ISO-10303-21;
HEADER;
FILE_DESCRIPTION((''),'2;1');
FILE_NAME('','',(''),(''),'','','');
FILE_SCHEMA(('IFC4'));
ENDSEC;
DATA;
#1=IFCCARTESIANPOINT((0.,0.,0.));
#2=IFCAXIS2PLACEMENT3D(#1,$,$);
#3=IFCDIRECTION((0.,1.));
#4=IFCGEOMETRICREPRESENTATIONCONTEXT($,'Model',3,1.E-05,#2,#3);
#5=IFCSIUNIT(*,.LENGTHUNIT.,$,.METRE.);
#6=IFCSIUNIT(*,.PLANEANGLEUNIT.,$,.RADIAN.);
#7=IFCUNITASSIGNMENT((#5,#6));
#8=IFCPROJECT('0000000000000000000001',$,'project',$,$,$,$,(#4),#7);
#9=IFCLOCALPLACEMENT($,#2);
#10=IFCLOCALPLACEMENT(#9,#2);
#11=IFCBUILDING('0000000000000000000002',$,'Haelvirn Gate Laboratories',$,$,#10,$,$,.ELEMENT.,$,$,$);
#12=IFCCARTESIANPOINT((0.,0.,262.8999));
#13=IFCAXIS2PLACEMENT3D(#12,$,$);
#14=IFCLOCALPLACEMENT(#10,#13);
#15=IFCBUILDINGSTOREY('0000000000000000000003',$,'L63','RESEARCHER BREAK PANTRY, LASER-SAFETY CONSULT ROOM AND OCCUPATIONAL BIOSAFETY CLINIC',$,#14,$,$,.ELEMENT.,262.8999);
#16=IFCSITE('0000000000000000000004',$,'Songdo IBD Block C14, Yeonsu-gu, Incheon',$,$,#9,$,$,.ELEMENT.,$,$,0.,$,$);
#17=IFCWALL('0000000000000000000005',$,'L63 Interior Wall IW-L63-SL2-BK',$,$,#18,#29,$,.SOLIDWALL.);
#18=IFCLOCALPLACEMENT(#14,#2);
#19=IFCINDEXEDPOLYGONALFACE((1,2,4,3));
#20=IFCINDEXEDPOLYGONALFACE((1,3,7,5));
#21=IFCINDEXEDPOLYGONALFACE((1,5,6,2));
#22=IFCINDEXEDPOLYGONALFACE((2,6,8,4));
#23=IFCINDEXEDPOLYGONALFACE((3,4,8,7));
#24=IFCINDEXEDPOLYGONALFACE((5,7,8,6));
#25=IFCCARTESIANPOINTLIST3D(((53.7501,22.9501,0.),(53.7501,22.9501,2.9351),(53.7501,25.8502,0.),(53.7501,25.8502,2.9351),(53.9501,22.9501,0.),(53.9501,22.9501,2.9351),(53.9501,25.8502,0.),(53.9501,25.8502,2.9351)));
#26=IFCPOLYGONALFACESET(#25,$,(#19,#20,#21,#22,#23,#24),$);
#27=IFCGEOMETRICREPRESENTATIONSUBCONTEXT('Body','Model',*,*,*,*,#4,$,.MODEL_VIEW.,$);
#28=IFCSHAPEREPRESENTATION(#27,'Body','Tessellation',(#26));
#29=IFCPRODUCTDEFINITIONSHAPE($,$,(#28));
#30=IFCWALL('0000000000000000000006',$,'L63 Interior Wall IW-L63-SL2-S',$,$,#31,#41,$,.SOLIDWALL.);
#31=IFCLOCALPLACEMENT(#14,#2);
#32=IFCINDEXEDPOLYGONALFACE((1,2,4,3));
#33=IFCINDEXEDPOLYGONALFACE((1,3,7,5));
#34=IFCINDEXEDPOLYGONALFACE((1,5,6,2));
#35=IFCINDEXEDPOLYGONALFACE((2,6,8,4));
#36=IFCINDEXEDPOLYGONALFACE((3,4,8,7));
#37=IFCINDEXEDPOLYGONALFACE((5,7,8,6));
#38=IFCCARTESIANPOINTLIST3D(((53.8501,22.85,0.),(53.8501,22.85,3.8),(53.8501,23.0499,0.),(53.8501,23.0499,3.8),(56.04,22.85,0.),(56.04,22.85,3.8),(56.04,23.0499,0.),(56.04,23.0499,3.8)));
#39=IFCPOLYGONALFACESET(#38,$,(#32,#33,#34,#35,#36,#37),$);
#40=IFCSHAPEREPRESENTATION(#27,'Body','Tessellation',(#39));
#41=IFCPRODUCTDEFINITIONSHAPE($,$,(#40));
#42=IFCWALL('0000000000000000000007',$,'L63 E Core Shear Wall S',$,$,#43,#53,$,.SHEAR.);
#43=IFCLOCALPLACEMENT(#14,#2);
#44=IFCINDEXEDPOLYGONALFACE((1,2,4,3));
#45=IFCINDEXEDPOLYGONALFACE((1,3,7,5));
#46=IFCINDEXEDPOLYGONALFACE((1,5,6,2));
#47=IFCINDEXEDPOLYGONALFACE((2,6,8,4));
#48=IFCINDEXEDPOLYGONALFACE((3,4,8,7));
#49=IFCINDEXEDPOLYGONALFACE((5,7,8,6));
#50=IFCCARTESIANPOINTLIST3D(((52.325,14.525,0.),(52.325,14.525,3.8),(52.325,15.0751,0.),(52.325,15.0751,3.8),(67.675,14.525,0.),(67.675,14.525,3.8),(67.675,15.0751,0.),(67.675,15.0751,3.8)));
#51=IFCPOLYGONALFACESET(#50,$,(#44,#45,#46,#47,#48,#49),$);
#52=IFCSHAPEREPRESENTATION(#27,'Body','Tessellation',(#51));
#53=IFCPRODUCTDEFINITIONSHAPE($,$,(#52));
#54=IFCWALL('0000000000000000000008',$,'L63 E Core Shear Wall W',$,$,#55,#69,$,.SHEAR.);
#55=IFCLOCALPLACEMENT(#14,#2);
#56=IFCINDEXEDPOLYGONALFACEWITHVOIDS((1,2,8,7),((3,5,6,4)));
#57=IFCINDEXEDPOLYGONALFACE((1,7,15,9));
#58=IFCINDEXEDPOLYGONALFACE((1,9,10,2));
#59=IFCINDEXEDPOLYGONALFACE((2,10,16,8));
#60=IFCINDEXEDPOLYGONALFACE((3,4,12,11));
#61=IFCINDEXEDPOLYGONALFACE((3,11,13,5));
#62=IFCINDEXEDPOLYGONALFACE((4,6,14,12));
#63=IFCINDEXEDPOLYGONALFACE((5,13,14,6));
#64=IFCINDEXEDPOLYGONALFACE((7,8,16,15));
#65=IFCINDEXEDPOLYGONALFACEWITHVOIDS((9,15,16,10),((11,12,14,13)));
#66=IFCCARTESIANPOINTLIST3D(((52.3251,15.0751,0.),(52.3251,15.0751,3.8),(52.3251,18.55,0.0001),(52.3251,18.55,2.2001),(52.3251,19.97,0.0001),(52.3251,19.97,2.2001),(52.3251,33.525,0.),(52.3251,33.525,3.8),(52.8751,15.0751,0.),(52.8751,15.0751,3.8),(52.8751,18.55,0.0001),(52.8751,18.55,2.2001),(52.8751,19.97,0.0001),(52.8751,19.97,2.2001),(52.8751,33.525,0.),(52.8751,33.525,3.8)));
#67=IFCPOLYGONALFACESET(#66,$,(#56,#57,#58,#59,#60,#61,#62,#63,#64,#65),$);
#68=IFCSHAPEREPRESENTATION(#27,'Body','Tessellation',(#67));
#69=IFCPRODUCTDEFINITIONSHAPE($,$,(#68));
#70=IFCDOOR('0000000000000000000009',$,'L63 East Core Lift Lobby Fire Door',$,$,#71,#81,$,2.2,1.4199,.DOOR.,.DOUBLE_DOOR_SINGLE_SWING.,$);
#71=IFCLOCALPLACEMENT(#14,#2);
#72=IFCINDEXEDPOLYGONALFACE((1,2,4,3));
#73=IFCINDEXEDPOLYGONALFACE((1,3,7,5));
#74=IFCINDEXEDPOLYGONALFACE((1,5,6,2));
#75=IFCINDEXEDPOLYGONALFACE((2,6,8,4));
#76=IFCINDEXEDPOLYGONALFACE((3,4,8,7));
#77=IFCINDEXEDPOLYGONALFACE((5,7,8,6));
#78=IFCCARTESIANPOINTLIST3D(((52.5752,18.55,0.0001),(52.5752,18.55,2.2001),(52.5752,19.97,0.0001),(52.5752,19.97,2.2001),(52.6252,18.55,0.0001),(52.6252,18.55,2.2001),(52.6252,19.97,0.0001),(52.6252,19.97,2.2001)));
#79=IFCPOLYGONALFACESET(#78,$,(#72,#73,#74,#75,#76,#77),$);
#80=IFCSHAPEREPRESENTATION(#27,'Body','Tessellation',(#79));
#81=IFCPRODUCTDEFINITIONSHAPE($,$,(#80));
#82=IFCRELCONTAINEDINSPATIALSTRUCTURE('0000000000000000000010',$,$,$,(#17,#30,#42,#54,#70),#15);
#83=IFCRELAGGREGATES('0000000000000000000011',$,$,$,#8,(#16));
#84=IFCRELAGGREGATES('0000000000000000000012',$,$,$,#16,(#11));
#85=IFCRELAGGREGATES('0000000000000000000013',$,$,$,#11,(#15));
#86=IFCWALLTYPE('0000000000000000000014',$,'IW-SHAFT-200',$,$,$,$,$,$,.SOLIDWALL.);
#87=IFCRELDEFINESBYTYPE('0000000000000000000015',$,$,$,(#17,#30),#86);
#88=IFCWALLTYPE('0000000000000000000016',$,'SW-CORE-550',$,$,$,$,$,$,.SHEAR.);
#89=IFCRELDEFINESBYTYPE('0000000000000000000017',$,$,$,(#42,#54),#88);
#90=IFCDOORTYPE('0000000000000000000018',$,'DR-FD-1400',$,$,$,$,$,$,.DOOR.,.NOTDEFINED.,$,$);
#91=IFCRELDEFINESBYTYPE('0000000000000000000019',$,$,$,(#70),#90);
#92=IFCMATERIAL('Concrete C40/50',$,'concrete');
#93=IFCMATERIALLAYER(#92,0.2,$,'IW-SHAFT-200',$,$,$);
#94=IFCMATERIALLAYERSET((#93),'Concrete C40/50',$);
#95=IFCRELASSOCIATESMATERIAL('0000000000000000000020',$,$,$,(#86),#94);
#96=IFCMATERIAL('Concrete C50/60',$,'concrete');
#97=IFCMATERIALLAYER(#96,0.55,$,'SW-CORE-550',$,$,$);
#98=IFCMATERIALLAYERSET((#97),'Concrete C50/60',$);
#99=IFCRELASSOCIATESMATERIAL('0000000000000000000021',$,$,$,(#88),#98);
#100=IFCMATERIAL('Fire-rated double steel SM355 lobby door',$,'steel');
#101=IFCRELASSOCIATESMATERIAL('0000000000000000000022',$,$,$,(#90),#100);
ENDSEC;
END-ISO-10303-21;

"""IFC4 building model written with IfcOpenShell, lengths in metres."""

from ifc_helpers import new_model, si_unit, direction, frame, frame_2d, origin, place, context, subcontext, project, spatial, rectangle, extrude, source, transform, mapped, material, layer, layer_set, type_object, type_shapes, element, fill, save


model = new_model("IFC4")

# Units and contexts
model_context = context("Model", 3, precision=1e-05, world=origin(), true_north=direction((0.0, 1.0)))
body_context = subcontext(model_context, "Body", "Model", "MODEL_VIEW")
ifc_project = project(units=[si_unit("LENGTHUNIT", "METRE"), si_unit("PLANEANGLEUNIT", "RADIAN")], contexts=[model_context])

# Site, building, storey
site_placement = place(None, origin())
site = spatial("IfcSite", under=ifc_project, at=site_placement, Name="Songdo IBD Block C14, Yeonsu-gu, Incheon", CompositionType="ELEMENT", RefElevation=0.0)
building_placement = place(site_placement, origin())
building = spatial("IfcBuilding", under=site, at=building_placement, Name="Haelvirn Gate Laboratories", CompositionType="ELEMENT")
storey_placement = place(building_placement, frame((0.0, 0.0, 262.8999)))
storey = spatial("IfcBuildingStorey", under=building, at=storey_placement, Name="L63", Description="RESEARCHER BREAK PANTRY, LASER-SAFETY CONSULT ROOM AND OCCUPATIONAL BIOSAFETY CLINIC", CompositionType="ELEMENT", Elevation=262.8999)

# Walls
ifc_material_1 = material(Name="Concrete C40/50", Category="concrete")
ifc_layer_1 = layer(ifc_material_1, 0.2, Name="IW-SHAFT-200")
ifc_layer_set_1 = layer_set([ifc_layer_1], Name="Concrete C40/50")
wall_type_1 = type_object("IfcWallType", Name="IW-SHAFT-200", PredefinedType="SOLIDWALL", material=ifc_layer_set_1)
wall_1_placement = place(storey_placement, frame((53.8501, 22.95, 0.0), z_axis=(0.0, 0.0, 1.0), x_axis=(0.0, 1.0, 0.0)))
element("IfcWall", 1, at=wall_1_placement, inside=storey, type_object=wall_type_1, Name="L63 Interior Wall IW-L63-SL2-BK", PredefinedType="SOLIDWALL", context=body_context, shape_type="SweptSolid", body=[
    extrude(rectangle(XDim=2.9001, YDim=0.2, at=frame_2d((1.4502, 0.0))), origin(), (0.0, 0.0, 1.0), 2.9351),
])
wall_2_placement = place(storey_placement, frame((53.8501, 22.95, 0.0), z_axis=(0.0, 0.0, 1.0), x_axis=(1.0, 0.0, 0.0)))
element("IfcWall", 2, at=wall_2_placement, inside=storey, type_object=wall_type_1, Name="L63 Interior Wall IW-L63-SL2-S", PredefinedType="SOLIDWALL", context=body_context, shape_type="SweptSolid", body=[
    extrude(rectangle(XDim=2.1899, YDim=0.2, at=frame_2d((1.095, 0.0))), origin(), (0.0, 0.0, 1.0), 3.8),
])
ifc_material_2 = material(Name="Concrete C50/60", Category="concrete")
ifc_layer_2 = layer(ifc_material_2, 0.55, Name="SW-CORE-550")
ifc_layer_set_2 = layer_set([ifc_layer_2], Name="Concrete C50/60")
wall_type_2 = type_object("IfcWallType", Name="SW-CORE-550", PredefinedType="SHEAR", material=ifc_layer_set_2)
wall_3_placement = place(storey_placement, frame((52.325, 14.8, 0.0), z_axis=(0.0, 0.0, 1.0), x_axis=(1.0, 0.0, 0.0)))
element("IfcWall", 3, at=wall_3_placement, inside=storey, type_object=wall_type_2, Name="L63 E Core Shear Wall S", PredefinedType="SHEAR", context=body_context, shape_type="SweptSolid", body=[
    extrude(rectangle(XDim=15.3501, YDim=0.55, at=frame_2d((7.675, 0.0))), origin(), (0.0, 0.0, 1.0), 3.8),
])

# Wall, opening, door
wall_4_placement = place(storey_placement, frame((52.6001, 15.075, 0.0), z_axis=(0.0, 0.0, 1.0), x_axis=(0.0, 1.0, 0.0)))
wall_4 = element("IfcWall", 4, at=wall_4_placement, inside=storey, type_object=wall_type_2, Name="L63 E Core Shear Wall W", PredefinedType="SHEAR", context=body_context, shape_type="SweptSolid", body=[
    extrude(rectangle(XDim=18.45, YDim=0.55, at=frame_2d((9.2251, 0.0))), origin(), (0.0, 0.0, 1.0), 3.8),
])
opening_1_placement = place(wall_4_placement, frame((3.4751, 0.0, 0.0)))
opening_1 = element("IfcOpeningElement", 5, at=opening_1_placement, cuts=wall_4, PredefinedType="OPENING", context=body_context, shape_type="SweptSolid", body=[
    extrude(rectangle(XDim=1.4199, YDim=2.2, at=frame_2d((0.71, 1.1001))), frame((0.0, 0.2852, 0.0), z_axis=(0.0, -1.0, 0.0), x_axis=(1.0, 0.0, 0.0)), (0.0, 0.0, 1.0), 0.5701),
])
ifc_material_3 = material(Name="Fire-rated double steel SM355 lobby door", Category="steel")
door_type_1 = type_object("IfcDoorType", Name="DR-FD-1400", OperationType="NOTDEFINED", PredefinedType="DOOR", material=ifc_material_3)
shared_shape_1 = source(origin(), body_context, "Body", "SweptSolid", [
    extrude(rectangle(XDim=1.4199, YDim=2.2, at=frame_2d((0.71, 1.1001))), frame((0.0, 0.0249, 0.0), z_axis=(0.0, -1.0, 0.0), x_axis=(1.0, 0.0, 0.0)), (0.0, 0.0, 1.0), 0.05),
])
type_shapes(door_type_1, [shared_shape_1])
door_1_placement = place(opening_1_placement, origin())
door_1 = element("IfcDoor", 6, at=door_1_placement, inside=storey, type_object=door_type_1, Name="L63 East Core Lift Lobby Fire Door", OperationType="DOUBLE_DOOR_SINGLE_SWING", OverallHeight=2.2, OverallWidth=1.4199, PredefinedType="DOOR", context=body_context, shape_type="MappedRepresentation", body=[
    mapped(shared_shape_1, transform((0.0, 0.0, 0.0), scale=1.0)),
])
fill(opening_1, door_1)

save(model, "model.ifc")
